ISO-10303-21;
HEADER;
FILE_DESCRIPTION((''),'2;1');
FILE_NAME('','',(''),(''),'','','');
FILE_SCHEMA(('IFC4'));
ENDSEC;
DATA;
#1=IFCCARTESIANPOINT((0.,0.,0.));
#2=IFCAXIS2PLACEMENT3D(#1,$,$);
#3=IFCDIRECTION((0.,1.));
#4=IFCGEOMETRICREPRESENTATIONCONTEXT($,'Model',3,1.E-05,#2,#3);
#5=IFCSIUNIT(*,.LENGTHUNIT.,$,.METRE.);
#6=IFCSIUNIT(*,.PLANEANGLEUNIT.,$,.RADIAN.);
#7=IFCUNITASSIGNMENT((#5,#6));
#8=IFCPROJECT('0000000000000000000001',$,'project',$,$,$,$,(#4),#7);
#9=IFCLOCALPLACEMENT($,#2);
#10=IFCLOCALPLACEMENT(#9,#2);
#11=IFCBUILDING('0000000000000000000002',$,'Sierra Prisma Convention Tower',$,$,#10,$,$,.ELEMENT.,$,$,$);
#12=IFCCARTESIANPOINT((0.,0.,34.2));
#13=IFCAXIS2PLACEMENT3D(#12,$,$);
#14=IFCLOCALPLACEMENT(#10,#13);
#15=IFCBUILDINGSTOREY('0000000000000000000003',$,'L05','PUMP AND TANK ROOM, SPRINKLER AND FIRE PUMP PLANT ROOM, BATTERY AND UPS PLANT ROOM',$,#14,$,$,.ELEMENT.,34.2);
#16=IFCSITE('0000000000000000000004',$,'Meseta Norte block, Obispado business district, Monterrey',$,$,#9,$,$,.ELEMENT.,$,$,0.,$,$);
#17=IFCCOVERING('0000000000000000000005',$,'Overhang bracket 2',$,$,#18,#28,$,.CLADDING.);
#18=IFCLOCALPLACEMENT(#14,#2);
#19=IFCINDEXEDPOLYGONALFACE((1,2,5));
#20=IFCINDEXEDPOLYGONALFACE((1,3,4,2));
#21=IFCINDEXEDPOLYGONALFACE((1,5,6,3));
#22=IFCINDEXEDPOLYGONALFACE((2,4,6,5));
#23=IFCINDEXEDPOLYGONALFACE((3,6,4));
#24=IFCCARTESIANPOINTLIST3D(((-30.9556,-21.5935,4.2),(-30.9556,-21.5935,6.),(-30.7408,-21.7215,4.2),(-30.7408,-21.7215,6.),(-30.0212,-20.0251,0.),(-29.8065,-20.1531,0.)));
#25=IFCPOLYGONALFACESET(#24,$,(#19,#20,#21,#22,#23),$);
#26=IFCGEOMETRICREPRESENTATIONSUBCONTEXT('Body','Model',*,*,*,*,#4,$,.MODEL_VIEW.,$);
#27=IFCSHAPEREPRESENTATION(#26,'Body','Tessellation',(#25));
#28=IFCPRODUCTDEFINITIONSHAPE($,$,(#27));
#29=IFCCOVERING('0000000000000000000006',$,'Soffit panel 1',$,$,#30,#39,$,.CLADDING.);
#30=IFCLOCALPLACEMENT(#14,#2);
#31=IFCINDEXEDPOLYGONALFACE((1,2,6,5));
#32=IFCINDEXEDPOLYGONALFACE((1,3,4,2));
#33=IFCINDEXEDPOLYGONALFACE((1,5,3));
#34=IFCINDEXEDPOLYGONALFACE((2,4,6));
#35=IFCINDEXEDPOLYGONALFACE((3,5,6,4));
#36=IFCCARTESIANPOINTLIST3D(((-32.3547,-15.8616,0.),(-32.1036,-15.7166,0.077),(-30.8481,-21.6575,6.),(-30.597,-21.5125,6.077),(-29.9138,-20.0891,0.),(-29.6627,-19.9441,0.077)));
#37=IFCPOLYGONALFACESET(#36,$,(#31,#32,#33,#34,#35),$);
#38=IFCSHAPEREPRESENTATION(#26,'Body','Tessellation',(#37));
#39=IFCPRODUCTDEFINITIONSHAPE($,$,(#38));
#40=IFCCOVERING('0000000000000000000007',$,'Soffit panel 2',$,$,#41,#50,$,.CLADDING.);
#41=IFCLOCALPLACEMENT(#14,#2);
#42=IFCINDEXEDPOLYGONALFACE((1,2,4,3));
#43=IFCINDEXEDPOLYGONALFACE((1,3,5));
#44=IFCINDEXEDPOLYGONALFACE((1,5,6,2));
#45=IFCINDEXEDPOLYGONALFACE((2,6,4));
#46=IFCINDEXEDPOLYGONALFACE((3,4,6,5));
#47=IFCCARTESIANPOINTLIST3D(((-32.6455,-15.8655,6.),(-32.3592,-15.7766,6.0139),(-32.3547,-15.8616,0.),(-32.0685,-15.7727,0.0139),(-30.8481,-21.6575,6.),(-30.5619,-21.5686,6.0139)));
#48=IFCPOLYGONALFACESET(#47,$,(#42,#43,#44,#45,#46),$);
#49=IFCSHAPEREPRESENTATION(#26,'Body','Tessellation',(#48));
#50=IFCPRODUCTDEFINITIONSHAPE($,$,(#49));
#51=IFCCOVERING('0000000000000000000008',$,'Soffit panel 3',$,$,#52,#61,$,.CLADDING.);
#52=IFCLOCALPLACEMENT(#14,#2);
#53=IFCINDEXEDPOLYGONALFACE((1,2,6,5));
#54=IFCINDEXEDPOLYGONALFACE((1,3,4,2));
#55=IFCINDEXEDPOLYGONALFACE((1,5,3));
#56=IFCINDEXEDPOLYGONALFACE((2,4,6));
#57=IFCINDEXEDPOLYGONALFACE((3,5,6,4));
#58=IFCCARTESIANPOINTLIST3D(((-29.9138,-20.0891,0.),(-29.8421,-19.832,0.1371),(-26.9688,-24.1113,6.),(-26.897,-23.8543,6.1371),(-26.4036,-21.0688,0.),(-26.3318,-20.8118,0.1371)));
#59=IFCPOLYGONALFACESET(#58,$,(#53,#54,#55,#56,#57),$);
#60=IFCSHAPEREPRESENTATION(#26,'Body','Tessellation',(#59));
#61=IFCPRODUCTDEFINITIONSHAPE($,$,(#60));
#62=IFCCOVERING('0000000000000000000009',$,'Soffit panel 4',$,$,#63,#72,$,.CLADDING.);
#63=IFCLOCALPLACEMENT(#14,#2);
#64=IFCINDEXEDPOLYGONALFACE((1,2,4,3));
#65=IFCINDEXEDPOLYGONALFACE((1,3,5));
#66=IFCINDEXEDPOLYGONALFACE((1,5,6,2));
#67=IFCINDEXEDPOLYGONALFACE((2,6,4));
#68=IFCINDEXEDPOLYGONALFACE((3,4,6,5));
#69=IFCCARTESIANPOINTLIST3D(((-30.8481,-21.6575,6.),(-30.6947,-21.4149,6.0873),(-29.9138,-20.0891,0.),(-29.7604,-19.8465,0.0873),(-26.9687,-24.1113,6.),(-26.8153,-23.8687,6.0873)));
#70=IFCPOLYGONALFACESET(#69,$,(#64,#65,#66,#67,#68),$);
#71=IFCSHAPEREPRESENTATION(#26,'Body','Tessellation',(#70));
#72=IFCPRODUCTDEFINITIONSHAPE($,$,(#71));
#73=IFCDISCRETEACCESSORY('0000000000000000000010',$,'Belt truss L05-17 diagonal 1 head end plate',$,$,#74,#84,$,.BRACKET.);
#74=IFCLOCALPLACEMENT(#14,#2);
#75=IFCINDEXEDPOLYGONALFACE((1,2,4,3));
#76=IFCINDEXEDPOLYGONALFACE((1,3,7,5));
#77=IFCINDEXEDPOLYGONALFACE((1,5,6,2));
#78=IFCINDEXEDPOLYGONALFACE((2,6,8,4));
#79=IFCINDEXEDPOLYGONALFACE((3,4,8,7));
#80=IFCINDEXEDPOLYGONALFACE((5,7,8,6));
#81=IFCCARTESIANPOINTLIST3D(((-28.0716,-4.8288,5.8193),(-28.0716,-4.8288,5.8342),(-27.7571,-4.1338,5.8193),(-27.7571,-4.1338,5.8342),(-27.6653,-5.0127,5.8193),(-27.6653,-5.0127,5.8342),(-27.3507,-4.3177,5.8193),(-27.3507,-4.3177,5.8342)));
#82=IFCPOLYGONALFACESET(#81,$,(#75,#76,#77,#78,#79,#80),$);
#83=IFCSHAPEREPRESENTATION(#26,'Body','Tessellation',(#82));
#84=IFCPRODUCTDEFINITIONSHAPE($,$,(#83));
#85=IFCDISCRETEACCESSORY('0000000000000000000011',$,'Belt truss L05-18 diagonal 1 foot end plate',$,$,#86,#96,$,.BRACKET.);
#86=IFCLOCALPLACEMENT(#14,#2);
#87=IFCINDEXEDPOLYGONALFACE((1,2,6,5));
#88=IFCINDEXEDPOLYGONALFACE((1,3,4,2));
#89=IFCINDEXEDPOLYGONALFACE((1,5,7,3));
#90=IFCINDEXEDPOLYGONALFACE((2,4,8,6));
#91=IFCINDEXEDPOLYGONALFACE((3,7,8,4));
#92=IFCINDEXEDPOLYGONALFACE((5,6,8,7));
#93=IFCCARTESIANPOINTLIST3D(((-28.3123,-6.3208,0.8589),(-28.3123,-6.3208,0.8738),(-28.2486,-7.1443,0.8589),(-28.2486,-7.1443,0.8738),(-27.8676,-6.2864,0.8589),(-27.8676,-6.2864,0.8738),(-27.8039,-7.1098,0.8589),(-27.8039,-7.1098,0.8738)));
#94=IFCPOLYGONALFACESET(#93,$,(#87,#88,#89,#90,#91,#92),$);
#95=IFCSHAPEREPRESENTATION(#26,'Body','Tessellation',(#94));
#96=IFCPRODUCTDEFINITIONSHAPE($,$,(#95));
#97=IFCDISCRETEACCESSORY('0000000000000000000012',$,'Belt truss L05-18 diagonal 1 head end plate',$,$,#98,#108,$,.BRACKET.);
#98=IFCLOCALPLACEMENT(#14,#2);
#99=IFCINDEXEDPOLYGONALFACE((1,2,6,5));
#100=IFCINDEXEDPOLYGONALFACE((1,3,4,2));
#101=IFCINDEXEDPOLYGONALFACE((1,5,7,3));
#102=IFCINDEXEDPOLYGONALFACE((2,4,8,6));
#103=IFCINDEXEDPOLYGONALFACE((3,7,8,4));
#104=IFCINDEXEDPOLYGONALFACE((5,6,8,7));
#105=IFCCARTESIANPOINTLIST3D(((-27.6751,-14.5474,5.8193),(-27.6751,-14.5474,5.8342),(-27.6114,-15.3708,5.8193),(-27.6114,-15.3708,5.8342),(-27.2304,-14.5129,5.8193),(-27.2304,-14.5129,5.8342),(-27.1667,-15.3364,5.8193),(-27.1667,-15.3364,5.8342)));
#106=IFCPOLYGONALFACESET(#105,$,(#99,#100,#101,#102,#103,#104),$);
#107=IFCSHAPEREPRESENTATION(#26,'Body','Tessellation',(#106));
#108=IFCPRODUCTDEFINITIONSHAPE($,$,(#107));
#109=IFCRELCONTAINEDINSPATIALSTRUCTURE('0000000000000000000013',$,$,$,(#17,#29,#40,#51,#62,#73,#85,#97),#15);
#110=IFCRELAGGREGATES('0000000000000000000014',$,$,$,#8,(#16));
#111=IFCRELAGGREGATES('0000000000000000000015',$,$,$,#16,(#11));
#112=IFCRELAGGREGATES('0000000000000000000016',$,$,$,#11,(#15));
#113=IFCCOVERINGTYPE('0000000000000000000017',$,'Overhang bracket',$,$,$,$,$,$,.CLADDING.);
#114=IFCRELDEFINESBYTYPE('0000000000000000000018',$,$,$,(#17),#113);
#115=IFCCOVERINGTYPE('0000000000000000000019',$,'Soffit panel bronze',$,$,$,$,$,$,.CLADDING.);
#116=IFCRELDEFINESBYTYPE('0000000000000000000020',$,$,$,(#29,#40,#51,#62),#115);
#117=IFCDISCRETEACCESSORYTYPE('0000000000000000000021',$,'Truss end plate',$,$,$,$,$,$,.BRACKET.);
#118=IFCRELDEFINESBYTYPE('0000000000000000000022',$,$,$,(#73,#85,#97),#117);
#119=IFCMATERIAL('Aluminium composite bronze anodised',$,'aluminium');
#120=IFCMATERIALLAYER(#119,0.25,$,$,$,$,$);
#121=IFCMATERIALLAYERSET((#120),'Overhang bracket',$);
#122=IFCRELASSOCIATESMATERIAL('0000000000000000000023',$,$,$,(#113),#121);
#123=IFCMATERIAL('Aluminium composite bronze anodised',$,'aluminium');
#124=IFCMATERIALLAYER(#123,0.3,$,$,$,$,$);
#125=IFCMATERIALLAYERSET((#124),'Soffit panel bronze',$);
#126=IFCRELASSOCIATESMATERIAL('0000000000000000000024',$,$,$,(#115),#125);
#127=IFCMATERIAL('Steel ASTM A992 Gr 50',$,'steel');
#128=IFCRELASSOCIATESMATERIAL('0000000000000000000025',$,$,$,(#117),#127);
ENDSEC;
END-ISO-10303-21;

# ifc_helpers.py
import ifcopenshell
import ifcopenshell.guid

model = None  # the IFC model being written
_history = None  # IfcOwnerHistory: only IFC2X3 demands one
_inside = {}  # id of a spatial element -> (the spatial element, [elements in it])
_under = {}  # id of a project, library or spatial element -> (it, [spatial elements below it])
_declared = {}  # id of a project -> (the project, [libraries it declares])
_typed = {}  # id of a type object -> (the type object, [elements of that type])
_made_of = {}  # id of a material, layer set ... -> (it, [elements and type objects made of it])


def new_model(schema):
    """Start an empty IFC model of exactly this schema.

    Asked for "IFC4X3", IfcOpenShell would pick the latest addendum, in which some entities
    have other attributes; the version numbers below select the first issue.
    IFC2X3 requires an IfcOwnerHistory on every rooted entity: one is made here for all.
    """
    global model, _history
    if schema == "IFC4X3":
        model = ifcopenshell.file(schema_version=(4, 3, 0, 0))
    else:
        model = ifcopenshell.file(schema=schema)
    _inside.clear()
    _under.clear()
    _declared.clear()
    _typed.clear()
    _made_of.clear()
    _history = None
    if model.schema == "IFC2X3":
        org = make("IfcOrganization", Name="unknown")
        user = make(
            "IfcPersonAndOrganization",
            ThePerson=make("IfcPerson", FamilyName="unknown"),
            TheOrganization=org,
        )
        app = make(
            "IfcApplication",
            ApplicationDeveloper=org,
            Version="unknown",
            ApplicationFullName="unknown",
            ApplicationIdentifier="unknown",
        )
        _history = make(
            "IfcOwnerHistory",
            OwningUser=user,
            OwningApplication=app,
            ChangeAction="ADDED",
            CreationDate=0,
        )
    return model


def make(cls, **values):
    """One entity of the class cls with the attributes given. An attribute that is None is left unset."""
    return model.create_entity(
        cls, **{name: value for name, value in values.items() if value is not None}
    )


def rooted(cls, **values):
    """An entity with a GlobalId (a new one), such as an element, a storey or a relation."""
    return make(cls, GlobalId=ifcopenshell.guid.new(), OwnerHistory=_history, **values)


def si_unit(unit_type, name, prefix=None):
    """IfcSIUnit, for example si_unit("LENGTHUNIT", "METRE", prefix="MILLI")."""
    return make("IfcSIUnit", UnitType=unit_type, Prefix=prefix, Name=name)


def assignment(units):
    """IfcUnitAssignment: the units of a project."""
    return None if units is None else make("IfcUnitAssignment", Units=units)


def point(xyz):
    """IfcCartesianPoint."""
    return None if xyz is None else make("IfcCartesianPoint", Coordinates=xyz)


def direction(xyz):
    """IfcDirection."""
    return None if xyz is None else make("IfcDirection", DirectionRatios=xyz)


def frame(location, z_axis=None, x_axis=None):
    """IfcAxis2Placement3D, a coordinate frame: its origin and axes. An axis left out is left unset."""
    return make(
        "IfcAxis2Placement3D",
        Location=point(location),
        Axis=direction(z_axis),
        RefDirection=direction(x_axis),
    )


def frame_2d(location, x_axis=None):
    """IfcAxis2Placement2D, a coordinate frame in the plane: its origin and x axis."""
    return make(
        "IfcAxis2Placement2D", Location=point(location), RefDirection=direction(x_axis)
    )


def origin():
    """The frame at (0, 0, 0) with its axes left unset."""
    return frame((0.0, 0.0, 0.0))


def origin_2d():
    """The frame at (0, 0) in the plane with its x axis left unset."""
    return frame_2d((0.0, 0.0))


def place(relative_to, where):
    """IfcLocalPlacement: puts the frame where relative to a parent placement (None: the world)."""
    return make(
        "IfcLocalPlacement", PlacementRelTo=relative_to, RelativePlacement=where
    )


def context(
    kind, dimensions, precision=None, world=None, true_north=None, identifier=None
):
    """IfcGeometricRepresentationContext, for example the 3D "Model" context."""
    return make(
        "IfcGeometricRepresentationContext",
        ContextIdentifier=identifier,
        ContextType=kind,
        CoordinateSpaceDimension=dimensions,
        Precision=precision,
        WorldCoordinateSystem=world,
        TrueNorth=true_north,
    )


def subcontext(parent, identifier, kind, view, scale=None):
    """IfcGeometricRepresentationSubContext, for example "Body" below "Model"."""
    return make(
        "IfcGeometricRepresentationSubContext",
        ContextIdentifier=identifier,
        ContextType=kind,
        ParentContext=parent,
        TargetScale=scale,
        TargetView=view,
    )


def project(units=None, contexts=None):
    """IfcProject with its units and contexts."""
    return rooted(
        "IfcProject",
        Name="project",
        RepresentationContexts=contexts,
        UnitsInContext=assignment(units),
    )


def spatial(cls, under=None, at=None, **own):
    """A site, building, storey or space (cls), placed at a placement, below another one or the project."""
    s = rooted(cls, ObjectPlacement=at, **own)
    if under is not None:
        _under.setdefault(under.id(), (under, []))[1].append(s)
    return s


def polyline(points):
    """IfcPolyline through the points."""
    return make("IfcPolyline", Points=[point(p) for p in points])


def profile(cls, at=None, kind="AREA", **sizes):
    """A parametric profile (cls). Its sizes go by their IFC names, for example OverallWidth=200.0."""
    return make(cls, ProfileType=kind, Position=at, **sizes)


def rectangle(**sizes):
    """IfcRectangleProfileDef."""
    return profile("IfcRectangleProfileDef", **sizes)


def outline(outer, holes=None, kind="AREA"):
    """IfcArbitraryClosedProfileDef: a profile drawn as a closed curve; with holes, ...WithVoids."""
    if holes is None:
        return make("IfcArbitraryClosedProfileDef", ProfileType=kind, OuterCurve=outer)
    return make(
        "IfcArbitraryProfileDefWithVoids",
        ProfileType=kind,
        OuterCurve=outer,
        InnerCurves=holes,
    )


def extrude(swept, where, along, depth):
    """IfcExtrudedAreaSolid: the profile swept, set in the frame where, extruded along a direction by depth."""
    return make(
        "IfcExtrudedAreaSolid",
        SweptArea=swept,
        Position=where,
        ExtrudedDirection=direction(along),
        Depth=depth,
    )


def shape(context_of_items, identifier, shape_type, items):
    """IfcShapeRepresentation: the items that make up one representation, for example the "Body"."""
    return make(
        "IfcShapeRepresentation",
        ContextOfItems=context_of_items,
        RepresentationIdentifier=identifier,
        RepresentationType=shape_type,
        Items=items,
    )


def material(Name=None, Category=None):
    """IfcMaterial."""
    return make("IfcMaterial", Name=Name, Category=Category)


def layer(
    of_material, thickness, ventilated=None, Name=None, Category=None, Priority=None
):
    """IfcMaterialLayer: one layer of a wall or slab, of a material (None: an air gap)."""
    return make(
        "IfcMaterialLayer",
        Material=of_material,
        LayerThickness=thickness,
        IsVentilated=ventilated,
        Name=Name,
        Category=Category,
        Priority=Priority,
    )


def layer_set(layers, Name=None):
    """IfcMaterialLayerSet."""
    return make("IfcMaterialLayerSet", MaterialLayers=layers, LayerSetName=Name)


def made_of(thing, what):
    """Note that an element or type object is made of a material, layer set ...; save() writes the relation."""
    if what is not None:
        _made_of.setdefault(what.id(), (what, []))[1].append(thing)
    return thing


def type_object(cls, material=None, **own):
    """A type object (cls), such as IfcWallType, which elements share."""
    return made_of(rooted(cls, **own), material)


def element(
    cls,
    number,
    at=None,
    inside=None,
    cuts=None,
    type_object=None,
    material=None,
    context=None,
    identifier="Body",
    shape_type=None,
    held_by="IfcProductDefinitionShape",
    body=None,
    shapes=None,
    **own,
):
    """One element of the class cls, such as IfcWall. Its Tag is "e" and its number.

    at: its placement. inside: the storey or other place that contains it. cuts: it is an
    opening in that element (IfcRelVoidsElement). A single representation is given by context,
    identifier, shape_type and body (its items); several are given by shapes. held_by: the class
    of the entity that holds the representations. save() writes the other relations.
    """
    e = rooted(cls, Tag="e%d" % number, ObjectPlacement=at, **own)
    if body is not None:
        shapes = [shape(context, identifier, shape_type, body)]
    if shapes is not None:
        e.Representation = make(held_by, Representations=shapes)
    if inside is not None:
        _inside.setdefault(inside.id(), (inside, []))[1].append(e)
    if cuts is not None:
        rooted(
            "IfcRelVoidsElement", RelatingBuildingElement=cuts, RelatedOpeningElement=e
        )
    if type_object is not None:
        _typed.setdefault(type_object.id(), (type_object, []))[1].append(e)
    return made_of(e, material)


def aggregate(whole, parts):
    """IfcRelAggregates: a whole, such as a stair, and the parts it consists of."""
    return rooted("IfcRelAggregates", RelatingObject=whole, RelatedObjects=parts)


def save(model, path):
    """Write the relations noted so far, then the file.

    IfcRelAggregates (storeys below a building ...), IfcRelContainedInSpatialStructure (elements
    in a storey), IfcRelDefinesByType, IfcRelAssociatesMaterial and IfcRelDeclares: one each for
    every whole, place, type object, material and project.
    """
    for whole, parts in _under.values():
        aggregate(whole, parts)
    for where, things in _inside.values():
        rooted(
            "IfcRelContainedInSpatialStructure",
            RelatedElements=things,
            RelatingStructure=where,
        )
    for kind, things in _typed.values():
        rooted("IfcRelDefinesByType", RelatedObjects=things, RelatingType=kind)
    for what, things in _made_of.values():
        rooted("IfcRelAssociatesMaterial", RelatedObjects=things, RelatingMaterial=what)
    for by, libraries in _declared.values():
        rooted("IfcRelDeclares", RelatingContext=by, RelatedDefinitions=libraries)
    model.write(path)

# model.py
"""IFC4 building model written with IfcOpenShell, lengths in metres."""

from ifc_helpers import new_model, si_unit, direction, frame, origin, origin_2d, place, context, subcontext, project, spatial, polyline, rectangle, outline, extrude, material, layer, layer_set, type_object, element, save


model = new_model("IFC4")

# Units and contexts
model_context = context("Model", 3, precision=1e-05, world=origin(), true_north=direction((0.0, 1.0)))
body_context = subcontext(model_context, "Body", "Model", "MODEL_VIEW")
ifc_project = project(units=[si_unit("LENGTHUNIT", "METRE"), si_unit("PLANEANGLEUNIT", "RADIAN")], contexts=[model_context])

# Site, building, storey
site_placement = place(None, origin())
site = spatial("IfcSite", under=ifc_project, at=site_placement, Name="Meseta Norte block, Obispado business district, Monterrey", CompositionType="ELEMENT", RefElevation=0.0)
building_placement = place(site_placement, origin())
building = spatial("IfcBuilding", under=site, at=building_placement, Name="Sierra Prisma Convention Tower", CompositionType="ELEMENT")
storey_placement = place(building_placement, frame((0.0, 0.0, 34.2)))
storey = spatial("IfcBuildingStorey", under=building, at=storey_placement, Name="L05", Description="PUMP AND TANK ROOM, SPRINKLER AND FIRE PUMP PLANT ROOM, BATTERY AND UPS PLANT ROOM", CompositionType="ELEMENT", Elevation=34.2)

# Coverings
ifc_material_1 = material(Name="Aluminium composite bronze anodised", Category="aluminium")
ifc_layer_1 = layer(ifc_material_1, 0.25)
ifc_layer_set_1 = layer_set([ifc_layer_1], Name="Overhang bracket")
covering_type_1 = type_object("IfcCoveringType", Name="Overhang bracket", PredefinedType="CLADDING", material=ifc_layer_set_1)
covering_1_placement = place(storey_placement, frame((-30.0212, -20.0251, 0.0), z_axis=(-0.859105, 0.511799, 0.0), x_axis=(-0.148978, -0.250074, 0.956697)))
element("IfcCovering", 1, at=covering_1_placement, inside=storey, type_object=covering_type_1, Name="Overhang bracket 2", PredefinedType="CLADDING", context=body_context, shape_type="SweptSolid", body=[
    extrude(outline(polyline([(0.0, 0.0), (6.2716, 0.0), (4.5495, -0.524), (0.0, 0.0)])), origin(), (0.0, 0.0, -1.0), 0.25),
])
ifc_material_2 = material(Name="Aluminium composite bronze anodised", Category="aluminium")
ifc_layer_2 = layer(ifc_material_2, 0.3)
ifc_layer_set_2 = layer_set([ifc_layer_2], Name="Soffit panel bronze")
covering_type_2 = type_object("IfcCoveringType", Name="Soffit panel bronze", PredefinedType="CLADDING", material=ifc_layer_set_2)
covering_2_placement = place(storey_placement, frame((-32.3547, -15.8616, 0.0), z_axis=(-0.837002, -0.483272, -0.256663), x_axis=(0.500023, -0.866012, 0.0)))
element("IfcCovering", 2, at=covering_2_placement, inside=storey, type_object=covering_type_2, Name="Soffit panel 1", PredefinedType="CLADDING", context=body_context, shape_type="SweptSolid", body=[
    extrude(outline(polyline([(0.0, 0.0), (4.8816, 0.0), (5.7726, 6.208), (0.0, 0.0)])), origin(), (0.0, 0.0, -1.0), 0.3),
])
covering_3_placement = place(storey_placement, frame((-32.3547, -15.8616, 0.0), z_axis=(-0.954041, -0.296057, -0.046427), x_axis=(0.177724, -0.683707, 0.707784)))
element("IfcCovering", 3, at=covering_3_placement, inside=storey, type_object=covering_type_2, Name="Soffit panel 2", PredefinedType="CLADDING", context=body_context, shape_type="SweptSolid", body=[
    extrude(outline(polyline([(0.0, 0.0), (8.4772, 0.0), (4.1977, 4.297), (0.0, 0.0)])), origin(), (0.0, 0.0, -1.0), 0.3),
])
covering_4_placement = place(storey_placement, frame((-29.9138, -20.0891, 0.0), z_axis=(-0.239123, -0.856742, -0.456961), x_axis=(0.963187, -0.268832, 0.0)))
element("IfcCovering", 4, at=covering_4_placement, inside=storey, type_object=covering_type_2, Name="Soffit panel 3", PredefinedType="CLADDING", context=body_context, shape_type="SweptSolid", body=[
    extrude(outline(polyline([(0.0, 0.0), (3.6444, 0.0), (3.918, 6.7455), (0.0, 0.0)])), origin(), (0.0, 0.0, -1.0), 0.3),
])
covering_5_placement = place(storey_placement, frame((-29.9138, -20.0891, 0.0), z_axis=(-0.511438, -0.808551, -0.290991), x_axis=(0.377537, -0.515619, 0.769157)))
element("IfcCovering", 5, at=covering_5_placement, inside=storey, type_object=covering_type_2, Name="Soffit panel 4", PredefinedType="CLADDING", context=body_context, shape_type="SweptSolid", body=[
    extrude(outline(polyline([(0.0, 0.0), (7.8007, 0.0), (5.0709, 3.6904), (0.0, 0.0)])), origin(), (0.0, 0.0, -1.0), 0.3),
])

# Discrete accessories
ifc_material_3 = material(Name="Steel ASTM A992 Gr 50", Category="steel")
discrete_accessory_type = type_object("IfcDiscreteAccessoryType", Name="Truss end plate", PredefinedType="BRACKET", material=ifc_material_3)
discrete_accessory_placement = place(storey_placement, frame((-27.7112, -4.5732, 5.8193), z_axis=(0.0, 0.0, 1.0), x_axis=(-0.412298, -0.911049, 0.0)))
element("IfcDiscreteAccessory", 6, at=discrete_accessory_placement, inside=storey, type_object=discrete_accessory_type, Name="Belt truss L05-17 diagonal 1 head end plate", PredefinedType="BRACKET", context=body_context, shape_type="SweptSolid", body=[
    extrude(rectangle(XDim=0.7629, YDim=0.446, at=origin_2d()), origin(), (0.0, 0.0, 1.0), 0.0149),
])
for number, where, z_axis, x_axis, name in (
    (7, (-28.0581, -6.7153, 0.8589), (0.0, 0.0, 1.0), (0.077201, -0.997016, 0.0), "Belt truss L05-18 diagonal 1 foot end plate"),
    (8, (-27.4209, -14.9419, 5.8193), (0.0, 0.0, 1.0), (0.077201, -0.997016, 0.0), "Belt truss L05-18 diagonal 1 head end plate"),
):
    element("IfcDiscreteAccessory", number, at=place(storey_placement, frame(where, z_axis=z_axis, x_axis=x_axis)), inside=storey, type_object=discrete_accessory_type, Name=name, PredefinedType="BRACKET", context=body_context, shape_type="SweptSolid", body=[
        extrude(rectangle(XDim=0.8259, YDim=0.446, at=origin_2d()), origin(), (0.0, 0.0, 1.0), 0.0149),
    ])

save(model, "model.ifc")
